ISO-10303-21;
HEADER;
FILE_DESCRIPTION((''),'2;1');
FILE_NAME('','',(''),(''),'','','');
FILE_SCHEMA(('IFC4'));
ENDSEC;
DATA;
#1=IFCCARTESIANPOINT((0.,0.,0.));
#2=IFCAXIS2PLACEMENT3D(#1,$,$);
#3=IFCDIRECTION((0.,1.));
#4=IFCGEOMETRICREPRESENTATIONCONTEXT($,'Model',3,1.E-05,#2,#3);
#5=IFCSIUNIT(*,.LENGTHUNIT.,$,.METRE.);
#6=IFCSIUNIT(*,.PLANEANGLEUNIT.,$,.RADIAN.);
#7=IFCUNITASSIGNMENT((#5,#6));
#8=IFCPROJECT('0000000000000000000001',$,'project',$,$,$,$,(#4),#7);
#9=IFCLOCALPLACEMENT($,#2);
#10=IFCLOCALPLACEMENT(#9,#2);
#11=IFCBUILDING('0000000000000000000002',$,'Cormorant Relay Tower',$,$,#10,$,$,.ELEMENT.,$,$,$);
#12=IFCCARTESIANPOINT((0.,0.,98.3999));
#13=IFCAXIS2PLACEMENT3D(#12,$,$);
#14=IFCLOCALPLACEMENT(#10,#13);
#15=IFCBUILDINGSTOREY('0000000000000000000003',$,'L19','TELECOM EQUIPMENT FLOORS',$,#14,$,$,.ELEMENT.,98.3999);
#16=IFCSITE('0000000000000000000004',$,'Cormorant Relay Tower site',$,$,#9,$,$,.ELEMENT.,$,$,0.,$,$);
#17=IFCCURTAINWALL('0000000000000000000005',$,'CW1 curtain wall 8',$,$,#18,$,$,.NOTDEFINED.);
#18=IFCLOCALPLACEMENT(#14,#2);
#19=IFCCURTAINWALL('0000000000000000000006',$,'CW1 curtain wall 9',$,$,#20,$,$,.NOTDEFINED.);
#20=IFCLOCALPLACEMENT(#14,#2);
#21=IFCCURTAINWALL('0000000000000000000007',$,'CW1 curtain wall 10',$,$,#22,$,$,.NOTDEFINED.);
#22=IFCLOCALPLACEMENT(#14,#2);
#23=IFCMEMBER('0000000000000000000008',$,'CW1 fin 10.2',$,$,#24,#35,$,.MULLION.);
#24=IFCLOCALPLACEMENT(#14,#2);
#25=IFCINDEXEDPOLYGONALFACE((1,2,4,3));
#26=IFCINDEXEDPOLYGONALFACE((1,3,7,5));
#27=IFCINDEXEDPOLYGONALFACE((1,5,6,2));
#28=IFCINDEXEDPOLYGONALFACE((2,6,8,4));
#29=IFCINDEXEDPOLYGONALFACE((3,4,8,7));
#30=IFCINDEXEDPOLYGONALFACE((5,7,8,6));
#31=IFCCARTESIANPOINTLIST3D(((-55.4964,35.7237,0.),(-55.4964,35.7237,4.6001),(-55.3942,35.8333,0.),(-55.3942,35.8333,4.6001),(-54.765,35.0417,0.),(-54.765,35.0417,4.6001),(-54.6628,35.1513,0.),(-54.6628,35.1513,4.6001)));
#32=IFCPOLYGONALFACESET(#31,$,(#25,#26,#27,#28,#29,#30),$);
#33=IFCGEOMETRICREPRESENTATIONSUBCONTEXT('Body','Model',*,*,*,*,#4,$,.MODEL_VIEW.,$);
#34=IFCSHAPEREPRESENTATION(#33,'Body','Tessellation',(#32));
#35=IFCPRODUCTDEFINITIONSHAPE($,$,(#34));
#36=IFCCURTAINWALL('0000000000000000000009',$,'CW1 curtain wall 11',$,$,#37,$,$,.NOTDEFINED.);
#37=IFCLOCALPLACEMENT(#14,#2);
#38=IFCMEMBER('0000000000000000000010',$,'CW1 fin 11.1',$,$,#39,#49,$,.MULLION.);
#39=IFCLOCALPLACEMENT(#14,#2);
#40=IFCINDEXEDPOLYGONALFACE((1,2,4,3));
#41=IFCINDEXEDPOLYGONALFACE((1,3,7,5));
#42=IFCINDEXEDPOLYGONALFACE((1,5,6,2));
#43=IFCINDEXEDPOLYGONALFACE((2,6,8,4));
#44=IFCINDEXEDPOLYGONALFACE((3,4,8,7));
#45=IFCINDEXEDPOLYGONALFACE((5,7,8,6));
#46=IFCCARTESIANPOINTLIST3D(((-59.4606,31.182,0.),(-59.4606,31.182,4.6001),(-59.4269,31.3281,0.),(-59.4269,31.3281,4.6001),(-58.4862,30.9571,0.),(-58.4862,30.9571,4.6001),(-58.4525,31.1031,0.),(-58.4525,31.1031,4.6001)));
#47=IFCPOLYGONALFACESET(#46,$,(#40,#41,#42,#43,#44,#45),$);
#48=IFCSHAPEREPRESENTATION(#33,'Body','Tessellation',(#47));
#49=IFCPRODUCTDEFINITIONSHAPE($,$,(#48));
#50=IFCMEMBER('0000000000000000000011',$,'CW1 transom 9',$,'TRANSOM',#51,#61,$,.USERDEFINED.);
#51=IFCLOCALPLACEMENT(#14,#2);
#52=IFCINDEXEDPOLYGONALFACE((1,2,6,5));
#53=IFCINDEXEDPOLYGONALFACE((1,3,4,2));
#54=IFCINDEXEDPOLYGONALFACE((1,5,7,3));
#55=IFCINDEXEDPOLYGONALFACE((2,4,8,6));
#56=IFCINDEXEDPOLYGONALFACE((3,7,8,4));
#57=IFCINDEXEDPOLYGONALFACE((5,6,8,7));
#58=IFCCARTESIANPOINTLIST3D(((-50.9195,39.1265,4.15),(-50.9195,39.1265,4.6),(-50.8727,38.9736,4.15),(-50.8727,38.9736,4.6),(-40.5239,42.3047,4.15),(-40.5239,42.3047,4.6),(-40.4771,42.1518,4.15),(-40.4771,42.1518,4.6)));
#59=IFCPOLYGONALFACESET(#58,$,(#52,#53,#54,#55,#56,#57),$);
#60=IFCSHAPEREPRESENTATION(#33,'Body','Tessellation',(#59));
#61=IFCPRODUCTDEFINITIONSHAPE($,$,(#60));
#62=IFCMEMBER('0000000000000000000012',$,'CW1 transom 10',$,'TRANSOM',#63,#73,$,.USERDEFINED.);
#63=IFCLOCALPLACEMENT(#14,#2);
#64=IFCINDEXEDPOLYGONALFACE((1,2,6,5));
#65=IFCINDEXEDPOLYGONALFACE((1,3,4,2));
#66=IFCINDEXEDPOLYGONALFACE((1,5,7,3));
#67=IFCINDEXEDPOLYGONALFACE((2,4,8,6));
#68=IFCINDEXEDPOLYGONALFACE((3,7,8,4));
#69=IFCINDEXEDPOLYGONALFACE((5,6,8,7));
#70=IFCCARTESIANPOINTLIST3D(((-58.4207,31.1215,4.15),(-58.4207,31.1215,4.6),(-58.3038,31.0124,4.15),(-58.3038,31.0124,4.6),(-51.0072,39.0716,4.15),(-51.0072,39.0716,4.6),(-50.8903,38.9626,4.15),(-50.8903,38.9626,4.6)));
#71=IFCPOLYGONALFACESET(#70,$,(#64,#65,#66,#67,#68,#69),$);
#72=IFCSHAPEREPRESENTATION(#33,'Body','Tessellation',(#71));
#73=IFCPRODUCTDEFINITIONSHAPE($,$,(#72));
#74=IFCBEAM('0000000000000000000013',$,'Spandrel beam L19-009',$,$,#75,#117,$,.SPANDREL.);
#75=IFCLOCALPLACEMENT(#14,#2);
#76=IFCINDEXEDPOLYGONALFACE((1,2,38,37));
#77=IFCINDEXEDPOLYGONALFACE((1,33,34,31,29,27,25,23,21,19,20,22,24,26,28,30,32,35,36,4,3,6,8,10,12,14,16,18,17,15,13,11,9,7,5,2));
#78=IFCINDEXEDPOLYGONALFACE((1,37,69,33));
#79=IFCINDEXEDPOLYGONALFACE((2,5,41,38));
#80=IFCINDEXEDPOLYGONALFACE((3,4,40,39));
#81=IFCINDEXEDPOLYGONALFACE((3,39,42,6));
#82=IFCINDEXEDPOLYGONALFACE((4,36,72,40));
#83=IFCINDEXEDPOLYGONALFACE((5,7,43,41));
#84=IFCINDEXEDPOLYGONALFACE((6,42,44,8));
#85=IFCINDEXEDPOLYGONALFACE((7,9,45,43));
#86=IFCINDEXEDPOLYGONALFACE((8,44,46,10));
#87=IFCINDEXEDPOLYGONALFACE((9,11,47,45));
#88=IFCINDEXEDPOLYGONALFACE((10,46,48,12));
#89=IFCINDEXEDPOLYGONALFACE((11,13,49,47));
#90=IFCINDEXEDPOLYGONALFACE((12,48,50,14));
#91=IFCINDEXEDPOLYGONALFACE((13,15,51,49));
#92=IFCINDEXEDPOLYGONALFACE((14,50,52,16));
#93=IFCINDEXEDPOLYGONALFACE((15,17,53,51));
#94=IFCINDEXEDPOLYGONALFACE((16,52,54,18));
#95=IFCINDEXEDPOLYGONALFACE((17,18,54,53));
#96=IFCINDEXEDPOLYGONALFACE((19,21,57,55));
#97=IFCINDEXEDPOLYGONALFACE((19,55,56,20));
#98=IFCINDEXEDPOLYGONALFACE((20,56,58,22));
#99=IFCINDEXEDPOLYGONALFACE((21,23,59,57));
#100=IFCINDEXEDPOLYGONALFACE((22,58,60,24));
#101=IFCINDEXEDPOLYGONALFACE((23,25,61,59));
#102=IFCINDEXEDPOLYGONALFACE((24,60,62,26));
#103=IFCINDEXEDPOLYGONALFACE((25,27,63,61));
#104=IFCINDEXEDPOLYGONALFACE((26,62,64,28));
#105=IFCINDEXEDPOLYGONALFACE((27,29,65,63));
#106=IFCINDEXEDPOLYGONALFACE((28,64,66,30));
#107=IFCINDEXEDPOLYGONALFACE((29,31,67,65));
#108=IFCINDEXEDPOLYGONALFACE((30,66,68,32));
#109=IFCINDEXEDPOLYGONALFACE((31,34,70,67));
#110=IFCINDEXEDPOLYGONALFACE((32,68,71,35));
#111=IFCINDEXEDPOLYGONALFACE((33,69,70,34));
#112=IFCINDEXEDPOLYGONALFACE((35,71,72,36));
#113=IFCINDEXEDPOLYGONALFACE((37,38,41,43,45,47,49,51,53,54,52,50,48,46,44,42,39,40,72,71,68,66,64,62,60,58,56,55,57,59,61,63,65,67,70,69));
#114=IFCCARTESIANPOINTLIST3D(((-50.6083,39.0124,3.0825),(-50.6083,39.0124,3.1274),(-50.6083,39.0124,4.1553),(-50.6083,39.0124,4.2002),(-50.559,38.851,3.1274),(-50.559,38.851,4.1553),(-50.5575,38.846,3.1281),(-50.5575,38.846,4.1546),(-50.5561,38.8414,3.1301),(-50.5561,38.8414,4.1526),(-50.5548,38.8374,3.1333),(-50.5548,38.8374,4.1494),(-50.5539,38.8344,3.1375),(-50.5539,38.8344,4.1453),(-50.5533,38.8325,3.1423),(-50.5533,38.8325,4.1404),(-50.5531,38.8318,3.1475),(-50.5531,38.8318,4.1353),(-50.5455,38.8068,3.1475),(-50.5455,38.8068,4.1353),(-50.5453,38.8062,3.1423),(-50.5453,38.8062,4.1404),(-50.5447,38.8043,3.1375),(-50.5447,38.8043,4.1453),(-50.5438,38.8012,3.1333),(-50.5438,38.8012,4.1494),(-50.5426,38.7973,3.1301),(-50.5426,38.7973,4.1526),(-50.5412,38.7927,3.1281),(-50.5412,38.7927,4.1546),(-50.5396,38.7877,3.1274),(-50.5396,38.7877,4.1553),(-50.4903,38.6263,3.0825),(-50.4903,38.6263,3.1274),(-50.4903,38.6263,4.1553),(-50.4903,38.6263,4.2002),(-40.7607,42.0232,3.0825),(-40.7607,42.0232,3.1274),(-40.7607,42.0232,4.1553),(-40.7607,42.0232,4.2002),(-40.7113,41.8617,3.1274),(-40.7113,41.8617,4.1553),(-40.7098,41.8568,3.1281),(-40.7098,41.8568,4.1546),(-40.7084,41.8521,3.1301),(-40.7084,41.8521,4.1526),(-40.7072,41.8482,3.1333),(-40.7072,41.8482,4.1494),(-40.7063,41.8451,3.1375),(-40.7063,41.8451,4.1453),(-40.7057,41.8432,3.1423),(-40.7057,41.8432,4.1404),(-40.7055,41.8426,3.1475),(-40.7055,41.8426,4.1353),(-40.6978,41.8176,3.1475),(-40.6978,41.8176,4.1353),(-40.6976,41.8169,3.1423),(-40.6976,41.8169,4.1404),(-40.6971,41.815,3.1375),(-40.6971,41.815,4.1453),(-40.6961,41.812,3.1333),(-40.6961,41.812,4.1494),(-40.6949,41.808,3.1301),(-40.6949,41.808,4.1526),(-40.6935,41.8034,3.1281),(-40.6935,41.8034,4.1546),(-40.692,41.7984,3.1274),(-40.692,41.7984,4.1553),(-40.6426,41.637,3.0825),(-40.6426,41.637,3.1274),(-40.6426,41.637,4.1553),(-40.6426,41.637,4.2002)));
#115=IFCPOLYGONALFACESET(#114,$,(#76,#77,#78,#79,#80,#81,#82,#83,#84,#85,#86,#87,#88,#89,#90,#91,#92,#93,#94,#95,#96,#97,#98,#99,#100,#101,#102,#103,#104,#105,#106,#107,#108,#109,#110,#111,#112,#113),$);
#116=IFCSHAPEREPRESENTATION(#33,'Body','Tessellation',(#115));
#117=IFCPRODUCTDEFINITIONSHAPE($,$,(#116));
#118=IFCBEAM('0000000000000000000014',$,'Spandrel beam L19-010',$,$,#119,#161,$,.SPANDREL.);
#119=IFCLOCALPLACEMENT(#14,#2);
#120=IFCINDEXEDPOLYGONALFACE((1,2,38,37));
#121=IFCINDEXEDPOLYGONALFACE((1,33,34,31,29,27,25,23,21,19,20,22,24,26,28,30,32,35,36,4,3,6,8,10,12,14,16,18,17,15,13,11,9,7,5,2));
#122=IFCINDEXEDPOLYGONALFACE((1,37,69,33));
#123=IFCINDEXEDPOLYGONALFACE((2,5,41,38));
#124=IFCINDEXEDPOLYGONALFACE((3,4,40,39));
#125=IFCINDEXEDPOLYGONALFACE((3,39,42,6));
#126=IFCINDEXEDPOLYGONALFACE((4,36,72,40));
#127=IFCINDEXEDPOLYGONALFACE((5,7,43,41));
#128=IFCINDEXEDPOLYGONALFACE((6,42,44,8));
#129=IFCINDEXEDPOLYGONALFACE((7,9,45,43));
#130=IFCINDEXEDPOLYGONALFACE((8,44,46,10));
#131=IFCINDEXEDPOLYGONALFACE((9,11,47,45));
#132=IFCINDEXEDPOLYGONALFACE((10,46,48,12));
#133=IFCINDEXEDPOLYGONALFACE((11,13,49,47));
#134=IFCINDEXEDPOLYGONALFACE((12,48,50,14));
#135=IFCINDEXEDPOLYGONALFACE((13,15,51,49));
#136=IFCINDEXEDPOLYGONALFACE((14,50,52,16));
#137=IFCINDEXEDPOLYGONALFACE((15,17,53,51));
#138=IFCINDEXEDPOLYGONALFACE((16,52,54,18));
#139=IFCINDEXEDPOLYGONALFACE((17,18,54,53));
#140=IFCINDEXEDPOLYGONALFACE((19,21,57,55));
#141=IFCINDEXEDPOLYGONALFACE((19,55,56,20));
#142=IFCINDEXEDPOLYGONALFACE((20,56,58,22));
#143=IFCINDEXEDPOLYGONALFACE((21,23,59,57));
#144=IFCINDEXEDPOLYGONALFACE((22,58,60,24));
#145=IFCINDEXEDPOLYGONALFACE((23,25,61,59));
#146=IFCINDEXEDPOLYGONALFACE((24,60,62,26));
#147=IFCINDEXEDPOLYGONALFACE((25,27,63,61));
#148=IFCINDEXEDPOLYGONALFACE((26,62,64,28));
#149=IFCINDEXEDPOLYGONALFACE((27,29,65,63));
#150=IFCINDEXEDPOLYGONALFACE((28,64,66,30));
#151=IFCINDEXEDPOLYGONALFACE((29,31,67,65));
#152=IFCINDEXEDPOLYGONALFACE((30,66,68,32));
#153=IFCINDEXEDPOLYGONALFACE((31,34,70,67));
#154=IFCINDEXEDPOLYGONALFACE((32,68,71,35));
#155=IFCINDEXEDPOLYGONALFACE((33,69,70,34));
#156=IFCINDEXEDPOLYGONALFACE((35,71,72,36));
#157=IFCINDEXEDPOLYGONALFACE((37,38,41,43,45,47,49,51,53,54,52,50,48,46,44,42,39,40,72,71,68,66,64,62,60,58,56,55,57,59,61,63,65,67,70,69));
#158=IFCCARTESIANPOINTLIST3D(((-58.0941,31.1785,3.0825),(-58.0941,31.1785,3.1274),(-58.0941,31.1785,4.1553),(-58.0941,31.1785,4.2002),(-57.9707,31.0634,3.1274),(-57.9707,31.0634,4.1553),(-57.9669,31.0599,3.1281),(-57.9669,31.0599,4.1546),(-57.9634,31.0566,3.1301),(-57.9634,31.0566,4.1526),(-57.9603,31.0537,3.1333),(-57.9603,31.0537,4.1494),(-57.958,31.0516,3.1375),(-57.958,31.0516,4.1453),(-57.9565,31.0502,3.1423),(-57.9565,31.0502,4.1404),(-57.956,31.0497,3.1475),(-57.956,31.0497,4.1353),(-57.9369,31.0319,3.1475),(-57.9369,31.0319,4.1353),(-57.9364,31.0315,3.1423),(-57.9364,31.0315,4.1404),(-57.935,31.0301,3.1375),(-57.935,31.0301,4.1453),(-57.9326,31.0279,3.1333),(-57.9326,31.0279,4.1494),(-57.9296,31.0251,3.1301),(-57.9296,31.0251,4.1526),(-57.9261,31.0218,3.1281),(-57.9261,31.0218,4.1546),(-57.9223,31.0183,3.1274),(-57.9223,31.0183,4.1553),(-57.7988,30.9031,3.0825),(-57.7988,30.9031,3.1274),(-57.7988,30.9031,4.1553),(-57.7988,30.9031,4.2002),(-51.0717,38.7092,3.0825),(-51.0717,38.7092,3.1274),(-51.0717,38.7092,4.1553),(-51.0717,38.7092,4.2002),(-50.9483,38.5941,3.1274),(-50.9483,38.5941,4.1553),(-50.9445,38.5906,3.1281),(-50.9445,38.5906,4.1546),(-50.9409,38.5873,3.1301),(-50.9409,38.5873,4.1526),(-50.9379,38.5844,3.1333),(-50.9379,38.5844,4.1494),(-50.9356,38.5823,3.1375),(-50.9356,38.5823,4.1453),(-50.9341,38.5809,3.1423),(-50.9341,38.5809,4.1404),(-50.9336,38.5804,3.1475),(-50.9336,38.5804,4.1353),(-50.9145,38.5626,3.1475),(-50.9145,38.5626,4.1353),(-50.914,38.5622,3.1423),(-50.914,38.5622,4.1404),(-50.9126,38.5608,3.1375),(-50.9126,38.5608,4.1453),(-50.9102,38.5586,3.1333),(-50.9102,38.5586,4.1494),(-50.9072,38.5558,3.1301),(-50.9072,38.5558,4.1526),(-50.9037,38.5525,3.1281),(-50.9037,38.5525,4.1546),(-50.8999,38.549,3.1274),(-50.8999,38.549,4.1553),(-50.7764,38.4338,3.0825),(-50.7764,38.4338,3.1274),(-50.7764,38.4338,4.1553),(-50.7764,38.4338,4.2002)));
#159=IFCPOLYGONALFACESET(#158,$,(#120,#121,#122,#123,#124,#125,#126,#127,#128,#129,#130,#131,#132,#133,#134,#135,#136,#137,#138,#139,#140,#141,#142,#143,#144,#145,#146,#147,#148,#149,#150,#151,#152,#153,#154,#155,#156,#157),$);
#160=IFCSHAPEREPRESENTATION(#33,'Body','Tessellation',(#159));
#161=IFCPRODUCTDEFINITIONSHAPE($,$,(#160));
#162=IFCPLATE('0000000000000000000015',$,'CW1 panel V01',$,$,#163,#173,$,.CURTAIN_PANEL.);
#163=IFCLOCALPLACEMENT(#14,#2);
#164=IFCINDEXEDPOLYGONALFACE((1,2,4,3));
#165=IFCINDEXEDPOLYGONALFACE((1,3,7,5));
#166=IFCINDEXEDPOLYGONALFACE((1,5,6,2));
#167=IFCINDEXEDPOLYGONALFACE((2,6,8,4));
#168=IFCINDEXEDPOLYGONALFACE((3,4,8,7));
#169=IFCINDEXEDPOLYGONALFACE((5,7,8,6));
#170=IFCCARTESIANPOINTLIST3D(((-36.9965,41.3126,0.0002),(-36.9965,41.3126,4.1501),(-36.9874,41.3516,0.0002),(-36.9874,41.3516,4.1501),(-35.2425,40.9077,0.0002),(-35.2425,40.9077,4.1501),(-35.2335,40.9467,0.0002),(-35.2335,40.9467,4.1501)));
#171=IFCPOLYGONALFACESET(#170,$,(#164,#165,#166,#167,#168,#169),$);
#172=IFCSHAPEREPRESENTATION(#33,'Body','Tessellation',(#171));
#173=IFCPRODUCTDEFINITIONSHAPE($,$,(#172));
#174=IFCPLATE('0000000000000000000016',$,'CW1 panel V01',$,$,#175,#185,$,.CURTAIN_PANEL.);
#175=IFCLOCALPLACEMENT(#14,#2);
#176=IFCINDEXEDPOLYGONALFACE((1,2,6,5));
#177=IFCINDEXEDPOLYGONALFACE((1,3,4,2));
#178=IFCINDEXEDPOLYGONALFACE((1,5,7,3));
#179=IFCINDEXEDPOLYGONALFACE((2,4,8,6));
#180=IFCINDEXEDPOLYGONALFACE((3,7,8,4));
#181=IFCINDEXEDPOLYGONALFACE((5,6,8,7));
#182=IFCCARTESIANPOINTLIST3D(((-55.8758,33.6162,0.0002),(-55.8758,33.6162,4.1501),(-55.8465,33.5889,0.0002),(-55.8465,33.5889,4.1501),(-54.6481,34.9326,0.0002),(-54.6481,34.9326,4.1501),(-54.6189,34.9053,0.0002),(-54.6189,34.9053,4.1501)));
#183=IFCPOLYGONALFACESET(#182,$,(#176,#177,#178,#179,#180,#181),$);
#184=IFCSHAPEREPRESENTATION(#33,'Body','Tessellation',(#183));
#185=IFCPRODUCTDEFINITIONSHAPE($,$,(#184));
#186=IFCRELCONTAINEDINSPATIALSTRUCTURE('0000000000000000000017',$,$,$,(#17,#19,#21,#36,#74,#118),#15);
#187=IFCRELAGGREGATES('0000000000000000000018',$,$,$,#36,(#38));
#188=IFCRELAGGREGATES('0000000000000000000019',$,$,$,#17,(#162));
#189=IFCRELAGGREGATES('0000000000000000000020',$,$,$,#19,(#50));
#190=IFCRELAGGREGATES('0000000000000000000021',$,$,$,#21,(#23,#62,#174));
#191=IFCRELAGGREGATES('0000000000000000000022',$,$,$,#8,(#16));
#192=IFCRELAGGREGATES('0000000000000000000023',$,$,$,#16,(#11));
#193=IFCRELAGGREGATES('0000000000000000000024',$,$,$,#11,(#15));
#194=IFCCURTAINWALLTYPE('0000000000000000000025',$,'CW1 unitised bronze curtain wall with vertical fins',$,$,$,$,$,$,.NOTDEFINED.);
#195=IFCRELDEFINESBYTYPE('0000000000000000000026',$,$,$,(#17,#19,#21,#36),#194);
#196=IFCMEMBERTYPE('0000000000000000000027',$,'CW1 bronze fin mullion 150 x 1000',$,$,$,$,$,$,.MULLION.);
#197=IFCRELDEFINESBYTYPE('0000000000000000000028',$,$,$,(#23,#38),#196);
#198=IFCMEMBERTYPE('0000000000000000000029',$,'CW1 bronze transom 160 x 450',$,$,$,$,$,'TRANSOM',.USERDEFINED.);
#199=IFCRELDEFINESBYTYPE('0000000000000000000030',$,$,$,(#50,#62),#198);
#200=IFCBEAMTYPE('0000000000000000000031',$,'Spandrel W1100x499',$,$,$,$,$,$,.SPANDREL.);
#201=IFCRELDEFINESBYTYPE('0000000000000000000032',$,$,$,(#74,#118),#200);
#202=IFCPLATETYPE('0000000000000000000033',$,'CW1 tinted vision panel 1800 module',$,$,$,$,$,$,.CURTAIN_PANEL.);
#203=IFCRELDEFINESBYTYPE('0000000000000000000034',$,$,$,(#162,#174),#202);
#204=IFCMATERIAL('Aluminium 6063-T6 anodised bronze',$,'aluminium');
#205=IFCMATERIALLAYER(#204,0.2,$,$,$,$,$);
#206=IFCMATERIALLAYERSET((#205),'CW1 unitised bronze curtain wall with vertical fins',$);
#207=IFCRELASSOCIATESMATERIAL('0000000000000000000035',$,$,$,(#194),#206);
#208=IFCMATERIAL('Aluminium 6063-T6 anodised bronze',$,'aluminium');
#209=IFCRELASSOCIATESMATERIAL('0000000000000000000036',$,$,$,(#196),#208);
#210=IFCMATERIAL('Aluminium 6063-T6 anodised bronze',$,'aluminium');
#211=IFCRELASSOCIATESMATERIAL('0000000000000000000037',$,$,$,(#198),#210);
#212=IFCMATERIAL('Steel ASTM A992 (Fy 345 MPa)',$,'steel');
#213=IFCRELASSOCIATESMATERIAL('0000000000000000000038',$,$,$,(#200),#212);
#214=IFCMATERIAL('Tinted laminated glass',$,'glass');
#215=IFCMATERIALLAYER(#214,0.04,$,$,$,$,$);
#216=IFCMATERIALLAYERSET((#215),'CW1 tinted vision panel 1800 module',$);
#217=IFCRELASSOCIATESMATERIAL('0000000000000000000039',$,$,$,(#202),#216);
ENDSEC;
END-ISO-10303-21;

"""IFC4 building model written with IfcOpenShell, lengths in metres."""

from ifc_helpers import new_model, si_unit, direction, frame, origin, origin_2d, place, context, subcontext, project, spatial, rectangle, i_section, extrude, material, layer, layer_set, material_profile, profile_set, type_object, element, aggregate, save


model = new_model("IFC4")

# Units and contexts
model_context = context("Model", 3, precision=1e-05, world=origin(), true_north=direction((0.0, 1.0)))
body_context = subcontext(model_context, "Body", "Model", "MODEL_VIEW")
ifc_project = project(units=[si_unit("LENGTHUNIT", "METRE"), si_unit("PLANEANGLEUNIT", "RADIAN")], contexts=[model_context])

# Site, building, storey
site_placement = place(None, origin())
site = spatial("IfcSite", under=ifc_project, at=site_placement, Name="Cormorant Relay Tower site", CompositionType="ELEMENT", RefElevation=0.0)
building_placement = place(site_placement, origin())
building = spatial("IfcBuilding", under=site, at=building_placement, Name="Cormorant Relay Tower", CompositionType="ELEMENT")
storey_placement = place(building_placement, frame((0.0, 0.0, 98.3999)))
storey = spatial("IfcBuildingStorey", under=building, at=storey_placement, Name="L19", Description="TELECOM EQUIPMENT FLOORS", CompositionType="ELEMENT", Elevation=98.3999)

# Curtain wall
ifc_material_1 = material(Name="Aluminium 6063-T6 anodised bronze", Category="aluminium")
ifc_layer_1 = layer(ifc_material_1, 0.2)
ifc_layer_set_1 = layer_set([ifc_layer_1], Name="CW1 unitised bronze curtain wall with vertical fins")
curtain_wall_type = type_object("IfcCurtainWallType", Name="CW1 unitised bronze curtain wall with vertical fins", PredefinedType="NOTDEFINED", material=ifc_layer_set_1)
curtain_wall_1_placement = place(storey_placement, origin())
curtain_wall_1 = element("IfcCurtainWall", 1, at=curtain_wall_1_placement, inside=storey, type_object=curtain_wall_type, Name="CW1 curtain wall 8", PredefinedType="NOTDEFINED")
ifc_material_2 = material(Name="Aluminium 6063-T6 anodised bronze", Category="aluminium")
ifc_material_profile_1 = material_profile(ifc_material_2, rectangle(XDim=0.1499, YDim=1.0, at=origin_2d()), Name="AL 150x1000")
ifc_profile_set_1 = profile_set([ifc_material_profile_1], Name="Aluminium 6063-T6 anodised bronze")
member_type_1 = type_object("IfcMemberType", Name="CW1 bronze fin mullion 150 x 1000", PredefinedType="MULLION", material=ifc_profile_set_1)

# Curtain walls, member
curtain_wall_2_placement = place(storey_placement, origin())
curtain_wall_2 = element("IfcCurtainWall", 2, at=curtain_wall_2_placement, inside=storey, type_object=curtain_wall_type, Name="CW1 curtain wall 9", PredefinedType="NOTDEFINED")
curtain_wall_3_placement = place(storey_placement, origin())
curtain_wall_3 = element("IfcCurtainWall", 3, at=curtain_wall_3_placement, inside=storey, type_object=curtain_wall_type, Name="CW1 curtain wall 10", PredefinedType="NOTDEFINED")
member_1_placement = place(storey_placement, frame((-55.0796, 35.4375, 0.0), z_axis=(0.0, 0.0, 1.0), x_axis=(-0.681998, -0.731354, 0.0)))
member_1 = element("IfcMember", 4, at=member_1_placement, type_object=member_type_1, Name="CW1 fin 10.2", PredefinedType="MULLION", context=body_context, shape_type="SweptSolid", body=[
    extrude(rectangle(XDim=0.1499, YDim=1.0, at=origin_2d()), origin(), (0.0, 0.0, 1.0), 4.6001),
])

# Curtain wall, member
curtain_wall_4_placement = place(storey_placement, origin())
curtain_wall_4 = element("IfcCurtainWall", 5, at=curtain_wall_4_placement, inside=storey, type_object=curtain_wall_type, Name="CW1 curtain wall 11", PredefinedType="NOTDEFINED")
member_2_placement = place(storey_placement, frame((-58.9565, 31.1426, 0.0), z_axis=(0.0, 0.0, 1.0), x_axis=(-0.224951, -0.97437, 0.0)))
member_2 = element("IfcMember", 6, at=member_2_placement, type_object=member_type_1, Name="CW1 fin 11.1", PredefinedType="MULLION", context=body_context, shape_type="SweptSolid", body=[
    extrude(rectangle(XDim=0.1499, YDim=1.0, at=origin_2d()), origin(), (0.0, 0.0, 1.0), 4.6001),
])
aggregate(curtain_wall_4, [member_2])

# Members
ifc_material_3 = material(Name="Aluminium 6063-T6 anodised bronze", Category="aluminium")
ifc_material_profile_2 = material_profile(ifc_material_3, rectangle(XDim=0.1599, YDim=0.45, at=origin_2d()), Name="AL 160x450")
ifc_profile_set_2 = profile_set([ifc_material_profile_2], Name="Aluminium 6063-T6 anodised bronze")
member_type_2 = type_object("IfcMemberType", Name="CW1 bronze transom 160 x 450", ElementType="TRANSOM", PredefinedType="USERDEFINED", material=ifc_profile_set_2)
member_3_placement = place(storey_placement, frame((-40.5005, 42.2283, 4.375), z_axis=(-0.956305, -0.292371, 0.0), x_axis=(0.292371, -0.956305, 0.0)))
member_3 = element("IfcMember", 7, at=member_3_placement, type_object=member_type_2, Name="CW1 transom 9", ObjectType="TRANSOM", PredefinedType="USERDEFINED", context=body_context, shape_type="SweptSolid", body=[
    extrude(rectangle(XDim=0.1599, YDim=0.45, at=origin_2d()), origin(), (0.0, 0.0, 1.0), 10.8706),
])
member_4_placement = place(storey_placement, frame((-50.9487, 39.0171, 4.375), z_axis=(-0.681993, -0.731358, 0.0), x_axis=(0.731358, -0.681993, 0.0)))
member_4 = element("IfcMember", 8, at=member_4_placement, type_object=member_type_2, Name="CW1 transom 10", ObjectType="TRANSOM", PredefinedType="USERDEFINED", context=body_context, shape_type="SweptSolid", body=[
    extrude(rectangle(XDim=0.1599, YDim=0.45, at=origin_2d()), origin(), (0.0, 0.0, 1.0), 10.8704),
])

# Beams
ifc_material_4 = material(Name="Steel ASTM A992 (Fy 345 MPa)", Category="steel")
ifc_material_profile_3 = material_profile(ifc_material_4, i_section(OverallWidth=0.4038, OverallDepth=1.1177, WebThickness=0.0261, FlangeThickness=0.0449, FilletRadius=0.02, at=origin_2d()), Name="W1100x499")
ifc_profile_set_3 = profile_set([ifc_material_profile_3], Name="Steel ASTM A992 (Fy 345 MPa)")
beam_type = type_object("IfcBeamType", Name="Spandrel W1100x499", PredefinedType="SPANDREL", material=ifc_profile_set_3)
beam_1_placement = place(storey_placement, frame((-40.7017, 41.8301, 3.6414), z_axis=(-0.956304, -0.292373, 0.0), x_axis=(0.292373, -0.956304, 0.0)))
element("IfcBeam", 9, at=beam_1_placement, inside=storey, type_object=beam_type, Name="Spandrel beam L19-009", PredefinedType="SPANDREL", context=body_context, shape_type="SweptSolid", body=[
    extrude(i_section(OverallWidth=0.4038, OverallDepth=1.1177, WebThickness=0.0261, FlangeThickness=0.0449, FilletRadius=0.02, at=origin_2d()), origin(), (0.0, 0.0, 1.0), 10.2976),
])
beam_2_placement = place(storey_placement, frame((-50.9241, 38.5715, 3.6414), z_axis=(-0.681994, -0.731358, 0.0), x_axis=(0.731358, -0.681994, 0.0)))
element("IfcBeam", 10, at=beam_2_placement, inside=storey, type_object=beam_type, Name="Spandrel beam L19-010", PredefinedType="SPANDREL", context=body_context, shape_type="SweptSolid", body=[
    extrude(i_section(OverallWidth=0.4038, OverallDepth=1.1177, WebThickness=0.0261, FlangeThickness=0.0449, FilletRadius=0.02, at=origin_2d()), origin(), (0.0, 0.0, 1.0), 10.2969),
])

# Plates
ifc_material_5 = material(Name="Tinted laminated glass", Category="glass")
ifc_layer_2 = layer(ifc_material_5, 0.04)
ifc_layer_set_2 = layer_set([ifc_layer_2], Name="CW1 tinted vision panel 1800 module")
plate_type_1 = type_object("IfcPlateType", Name="CW1 tinted vision panel 1800 module", PredefinedType="CURTAIN_PANEL", material=ifc_layer_set_2)
plate_1_placement = place(storey_placement, frame((-36.115, 41.1296, 0.0002), z_axis=(0.0, 0.0, 1.0), x_axis=(-0.97437, 0.224951, 0.0)))
plate_1 = element("IfcPlate", 11, at=plate_1_placement, type_object=plate_type_1, Name="CW1 panel V01", PredefinedType="CURTAIN_PANEL", context=body_context, shape_type="SweptSolid", body=[
    extrude(rectangle(XDim=1.8, YDim=0.04, at=origin_2d()), origin(), (0.0, 0.0, 1.0), 4.1499),
])
plate_2_placement = place(storey_placement, frame((-55.2473, 34.2607, 0.0002), z_axis=(0.0, 0.0, 1.0), x_axis=(-0.681998, -0.731354, 0.0)))
plate_2 = element("IfcPlate", 12, at=plate_2_placement, type_object=plate_type_1, Name="CW1 panel V01", PredefinedType="CURTAIN_PANEL", context=body_context, shape_type="SweptSolid", body=[
    extrude(rectangle(XDim=1.8, YDim=0.04, at=origin_2d()), origin(), (0.0, 0.0, 1.0), 4.1499),
])

aggregate(curtain_wall_1, [plate_1])
aggregate(curtain_wall_2, [member_3])
aggregate(curtain_wall_3, [member_1, member_4, plate_2])

save(model, "model.ifc")
